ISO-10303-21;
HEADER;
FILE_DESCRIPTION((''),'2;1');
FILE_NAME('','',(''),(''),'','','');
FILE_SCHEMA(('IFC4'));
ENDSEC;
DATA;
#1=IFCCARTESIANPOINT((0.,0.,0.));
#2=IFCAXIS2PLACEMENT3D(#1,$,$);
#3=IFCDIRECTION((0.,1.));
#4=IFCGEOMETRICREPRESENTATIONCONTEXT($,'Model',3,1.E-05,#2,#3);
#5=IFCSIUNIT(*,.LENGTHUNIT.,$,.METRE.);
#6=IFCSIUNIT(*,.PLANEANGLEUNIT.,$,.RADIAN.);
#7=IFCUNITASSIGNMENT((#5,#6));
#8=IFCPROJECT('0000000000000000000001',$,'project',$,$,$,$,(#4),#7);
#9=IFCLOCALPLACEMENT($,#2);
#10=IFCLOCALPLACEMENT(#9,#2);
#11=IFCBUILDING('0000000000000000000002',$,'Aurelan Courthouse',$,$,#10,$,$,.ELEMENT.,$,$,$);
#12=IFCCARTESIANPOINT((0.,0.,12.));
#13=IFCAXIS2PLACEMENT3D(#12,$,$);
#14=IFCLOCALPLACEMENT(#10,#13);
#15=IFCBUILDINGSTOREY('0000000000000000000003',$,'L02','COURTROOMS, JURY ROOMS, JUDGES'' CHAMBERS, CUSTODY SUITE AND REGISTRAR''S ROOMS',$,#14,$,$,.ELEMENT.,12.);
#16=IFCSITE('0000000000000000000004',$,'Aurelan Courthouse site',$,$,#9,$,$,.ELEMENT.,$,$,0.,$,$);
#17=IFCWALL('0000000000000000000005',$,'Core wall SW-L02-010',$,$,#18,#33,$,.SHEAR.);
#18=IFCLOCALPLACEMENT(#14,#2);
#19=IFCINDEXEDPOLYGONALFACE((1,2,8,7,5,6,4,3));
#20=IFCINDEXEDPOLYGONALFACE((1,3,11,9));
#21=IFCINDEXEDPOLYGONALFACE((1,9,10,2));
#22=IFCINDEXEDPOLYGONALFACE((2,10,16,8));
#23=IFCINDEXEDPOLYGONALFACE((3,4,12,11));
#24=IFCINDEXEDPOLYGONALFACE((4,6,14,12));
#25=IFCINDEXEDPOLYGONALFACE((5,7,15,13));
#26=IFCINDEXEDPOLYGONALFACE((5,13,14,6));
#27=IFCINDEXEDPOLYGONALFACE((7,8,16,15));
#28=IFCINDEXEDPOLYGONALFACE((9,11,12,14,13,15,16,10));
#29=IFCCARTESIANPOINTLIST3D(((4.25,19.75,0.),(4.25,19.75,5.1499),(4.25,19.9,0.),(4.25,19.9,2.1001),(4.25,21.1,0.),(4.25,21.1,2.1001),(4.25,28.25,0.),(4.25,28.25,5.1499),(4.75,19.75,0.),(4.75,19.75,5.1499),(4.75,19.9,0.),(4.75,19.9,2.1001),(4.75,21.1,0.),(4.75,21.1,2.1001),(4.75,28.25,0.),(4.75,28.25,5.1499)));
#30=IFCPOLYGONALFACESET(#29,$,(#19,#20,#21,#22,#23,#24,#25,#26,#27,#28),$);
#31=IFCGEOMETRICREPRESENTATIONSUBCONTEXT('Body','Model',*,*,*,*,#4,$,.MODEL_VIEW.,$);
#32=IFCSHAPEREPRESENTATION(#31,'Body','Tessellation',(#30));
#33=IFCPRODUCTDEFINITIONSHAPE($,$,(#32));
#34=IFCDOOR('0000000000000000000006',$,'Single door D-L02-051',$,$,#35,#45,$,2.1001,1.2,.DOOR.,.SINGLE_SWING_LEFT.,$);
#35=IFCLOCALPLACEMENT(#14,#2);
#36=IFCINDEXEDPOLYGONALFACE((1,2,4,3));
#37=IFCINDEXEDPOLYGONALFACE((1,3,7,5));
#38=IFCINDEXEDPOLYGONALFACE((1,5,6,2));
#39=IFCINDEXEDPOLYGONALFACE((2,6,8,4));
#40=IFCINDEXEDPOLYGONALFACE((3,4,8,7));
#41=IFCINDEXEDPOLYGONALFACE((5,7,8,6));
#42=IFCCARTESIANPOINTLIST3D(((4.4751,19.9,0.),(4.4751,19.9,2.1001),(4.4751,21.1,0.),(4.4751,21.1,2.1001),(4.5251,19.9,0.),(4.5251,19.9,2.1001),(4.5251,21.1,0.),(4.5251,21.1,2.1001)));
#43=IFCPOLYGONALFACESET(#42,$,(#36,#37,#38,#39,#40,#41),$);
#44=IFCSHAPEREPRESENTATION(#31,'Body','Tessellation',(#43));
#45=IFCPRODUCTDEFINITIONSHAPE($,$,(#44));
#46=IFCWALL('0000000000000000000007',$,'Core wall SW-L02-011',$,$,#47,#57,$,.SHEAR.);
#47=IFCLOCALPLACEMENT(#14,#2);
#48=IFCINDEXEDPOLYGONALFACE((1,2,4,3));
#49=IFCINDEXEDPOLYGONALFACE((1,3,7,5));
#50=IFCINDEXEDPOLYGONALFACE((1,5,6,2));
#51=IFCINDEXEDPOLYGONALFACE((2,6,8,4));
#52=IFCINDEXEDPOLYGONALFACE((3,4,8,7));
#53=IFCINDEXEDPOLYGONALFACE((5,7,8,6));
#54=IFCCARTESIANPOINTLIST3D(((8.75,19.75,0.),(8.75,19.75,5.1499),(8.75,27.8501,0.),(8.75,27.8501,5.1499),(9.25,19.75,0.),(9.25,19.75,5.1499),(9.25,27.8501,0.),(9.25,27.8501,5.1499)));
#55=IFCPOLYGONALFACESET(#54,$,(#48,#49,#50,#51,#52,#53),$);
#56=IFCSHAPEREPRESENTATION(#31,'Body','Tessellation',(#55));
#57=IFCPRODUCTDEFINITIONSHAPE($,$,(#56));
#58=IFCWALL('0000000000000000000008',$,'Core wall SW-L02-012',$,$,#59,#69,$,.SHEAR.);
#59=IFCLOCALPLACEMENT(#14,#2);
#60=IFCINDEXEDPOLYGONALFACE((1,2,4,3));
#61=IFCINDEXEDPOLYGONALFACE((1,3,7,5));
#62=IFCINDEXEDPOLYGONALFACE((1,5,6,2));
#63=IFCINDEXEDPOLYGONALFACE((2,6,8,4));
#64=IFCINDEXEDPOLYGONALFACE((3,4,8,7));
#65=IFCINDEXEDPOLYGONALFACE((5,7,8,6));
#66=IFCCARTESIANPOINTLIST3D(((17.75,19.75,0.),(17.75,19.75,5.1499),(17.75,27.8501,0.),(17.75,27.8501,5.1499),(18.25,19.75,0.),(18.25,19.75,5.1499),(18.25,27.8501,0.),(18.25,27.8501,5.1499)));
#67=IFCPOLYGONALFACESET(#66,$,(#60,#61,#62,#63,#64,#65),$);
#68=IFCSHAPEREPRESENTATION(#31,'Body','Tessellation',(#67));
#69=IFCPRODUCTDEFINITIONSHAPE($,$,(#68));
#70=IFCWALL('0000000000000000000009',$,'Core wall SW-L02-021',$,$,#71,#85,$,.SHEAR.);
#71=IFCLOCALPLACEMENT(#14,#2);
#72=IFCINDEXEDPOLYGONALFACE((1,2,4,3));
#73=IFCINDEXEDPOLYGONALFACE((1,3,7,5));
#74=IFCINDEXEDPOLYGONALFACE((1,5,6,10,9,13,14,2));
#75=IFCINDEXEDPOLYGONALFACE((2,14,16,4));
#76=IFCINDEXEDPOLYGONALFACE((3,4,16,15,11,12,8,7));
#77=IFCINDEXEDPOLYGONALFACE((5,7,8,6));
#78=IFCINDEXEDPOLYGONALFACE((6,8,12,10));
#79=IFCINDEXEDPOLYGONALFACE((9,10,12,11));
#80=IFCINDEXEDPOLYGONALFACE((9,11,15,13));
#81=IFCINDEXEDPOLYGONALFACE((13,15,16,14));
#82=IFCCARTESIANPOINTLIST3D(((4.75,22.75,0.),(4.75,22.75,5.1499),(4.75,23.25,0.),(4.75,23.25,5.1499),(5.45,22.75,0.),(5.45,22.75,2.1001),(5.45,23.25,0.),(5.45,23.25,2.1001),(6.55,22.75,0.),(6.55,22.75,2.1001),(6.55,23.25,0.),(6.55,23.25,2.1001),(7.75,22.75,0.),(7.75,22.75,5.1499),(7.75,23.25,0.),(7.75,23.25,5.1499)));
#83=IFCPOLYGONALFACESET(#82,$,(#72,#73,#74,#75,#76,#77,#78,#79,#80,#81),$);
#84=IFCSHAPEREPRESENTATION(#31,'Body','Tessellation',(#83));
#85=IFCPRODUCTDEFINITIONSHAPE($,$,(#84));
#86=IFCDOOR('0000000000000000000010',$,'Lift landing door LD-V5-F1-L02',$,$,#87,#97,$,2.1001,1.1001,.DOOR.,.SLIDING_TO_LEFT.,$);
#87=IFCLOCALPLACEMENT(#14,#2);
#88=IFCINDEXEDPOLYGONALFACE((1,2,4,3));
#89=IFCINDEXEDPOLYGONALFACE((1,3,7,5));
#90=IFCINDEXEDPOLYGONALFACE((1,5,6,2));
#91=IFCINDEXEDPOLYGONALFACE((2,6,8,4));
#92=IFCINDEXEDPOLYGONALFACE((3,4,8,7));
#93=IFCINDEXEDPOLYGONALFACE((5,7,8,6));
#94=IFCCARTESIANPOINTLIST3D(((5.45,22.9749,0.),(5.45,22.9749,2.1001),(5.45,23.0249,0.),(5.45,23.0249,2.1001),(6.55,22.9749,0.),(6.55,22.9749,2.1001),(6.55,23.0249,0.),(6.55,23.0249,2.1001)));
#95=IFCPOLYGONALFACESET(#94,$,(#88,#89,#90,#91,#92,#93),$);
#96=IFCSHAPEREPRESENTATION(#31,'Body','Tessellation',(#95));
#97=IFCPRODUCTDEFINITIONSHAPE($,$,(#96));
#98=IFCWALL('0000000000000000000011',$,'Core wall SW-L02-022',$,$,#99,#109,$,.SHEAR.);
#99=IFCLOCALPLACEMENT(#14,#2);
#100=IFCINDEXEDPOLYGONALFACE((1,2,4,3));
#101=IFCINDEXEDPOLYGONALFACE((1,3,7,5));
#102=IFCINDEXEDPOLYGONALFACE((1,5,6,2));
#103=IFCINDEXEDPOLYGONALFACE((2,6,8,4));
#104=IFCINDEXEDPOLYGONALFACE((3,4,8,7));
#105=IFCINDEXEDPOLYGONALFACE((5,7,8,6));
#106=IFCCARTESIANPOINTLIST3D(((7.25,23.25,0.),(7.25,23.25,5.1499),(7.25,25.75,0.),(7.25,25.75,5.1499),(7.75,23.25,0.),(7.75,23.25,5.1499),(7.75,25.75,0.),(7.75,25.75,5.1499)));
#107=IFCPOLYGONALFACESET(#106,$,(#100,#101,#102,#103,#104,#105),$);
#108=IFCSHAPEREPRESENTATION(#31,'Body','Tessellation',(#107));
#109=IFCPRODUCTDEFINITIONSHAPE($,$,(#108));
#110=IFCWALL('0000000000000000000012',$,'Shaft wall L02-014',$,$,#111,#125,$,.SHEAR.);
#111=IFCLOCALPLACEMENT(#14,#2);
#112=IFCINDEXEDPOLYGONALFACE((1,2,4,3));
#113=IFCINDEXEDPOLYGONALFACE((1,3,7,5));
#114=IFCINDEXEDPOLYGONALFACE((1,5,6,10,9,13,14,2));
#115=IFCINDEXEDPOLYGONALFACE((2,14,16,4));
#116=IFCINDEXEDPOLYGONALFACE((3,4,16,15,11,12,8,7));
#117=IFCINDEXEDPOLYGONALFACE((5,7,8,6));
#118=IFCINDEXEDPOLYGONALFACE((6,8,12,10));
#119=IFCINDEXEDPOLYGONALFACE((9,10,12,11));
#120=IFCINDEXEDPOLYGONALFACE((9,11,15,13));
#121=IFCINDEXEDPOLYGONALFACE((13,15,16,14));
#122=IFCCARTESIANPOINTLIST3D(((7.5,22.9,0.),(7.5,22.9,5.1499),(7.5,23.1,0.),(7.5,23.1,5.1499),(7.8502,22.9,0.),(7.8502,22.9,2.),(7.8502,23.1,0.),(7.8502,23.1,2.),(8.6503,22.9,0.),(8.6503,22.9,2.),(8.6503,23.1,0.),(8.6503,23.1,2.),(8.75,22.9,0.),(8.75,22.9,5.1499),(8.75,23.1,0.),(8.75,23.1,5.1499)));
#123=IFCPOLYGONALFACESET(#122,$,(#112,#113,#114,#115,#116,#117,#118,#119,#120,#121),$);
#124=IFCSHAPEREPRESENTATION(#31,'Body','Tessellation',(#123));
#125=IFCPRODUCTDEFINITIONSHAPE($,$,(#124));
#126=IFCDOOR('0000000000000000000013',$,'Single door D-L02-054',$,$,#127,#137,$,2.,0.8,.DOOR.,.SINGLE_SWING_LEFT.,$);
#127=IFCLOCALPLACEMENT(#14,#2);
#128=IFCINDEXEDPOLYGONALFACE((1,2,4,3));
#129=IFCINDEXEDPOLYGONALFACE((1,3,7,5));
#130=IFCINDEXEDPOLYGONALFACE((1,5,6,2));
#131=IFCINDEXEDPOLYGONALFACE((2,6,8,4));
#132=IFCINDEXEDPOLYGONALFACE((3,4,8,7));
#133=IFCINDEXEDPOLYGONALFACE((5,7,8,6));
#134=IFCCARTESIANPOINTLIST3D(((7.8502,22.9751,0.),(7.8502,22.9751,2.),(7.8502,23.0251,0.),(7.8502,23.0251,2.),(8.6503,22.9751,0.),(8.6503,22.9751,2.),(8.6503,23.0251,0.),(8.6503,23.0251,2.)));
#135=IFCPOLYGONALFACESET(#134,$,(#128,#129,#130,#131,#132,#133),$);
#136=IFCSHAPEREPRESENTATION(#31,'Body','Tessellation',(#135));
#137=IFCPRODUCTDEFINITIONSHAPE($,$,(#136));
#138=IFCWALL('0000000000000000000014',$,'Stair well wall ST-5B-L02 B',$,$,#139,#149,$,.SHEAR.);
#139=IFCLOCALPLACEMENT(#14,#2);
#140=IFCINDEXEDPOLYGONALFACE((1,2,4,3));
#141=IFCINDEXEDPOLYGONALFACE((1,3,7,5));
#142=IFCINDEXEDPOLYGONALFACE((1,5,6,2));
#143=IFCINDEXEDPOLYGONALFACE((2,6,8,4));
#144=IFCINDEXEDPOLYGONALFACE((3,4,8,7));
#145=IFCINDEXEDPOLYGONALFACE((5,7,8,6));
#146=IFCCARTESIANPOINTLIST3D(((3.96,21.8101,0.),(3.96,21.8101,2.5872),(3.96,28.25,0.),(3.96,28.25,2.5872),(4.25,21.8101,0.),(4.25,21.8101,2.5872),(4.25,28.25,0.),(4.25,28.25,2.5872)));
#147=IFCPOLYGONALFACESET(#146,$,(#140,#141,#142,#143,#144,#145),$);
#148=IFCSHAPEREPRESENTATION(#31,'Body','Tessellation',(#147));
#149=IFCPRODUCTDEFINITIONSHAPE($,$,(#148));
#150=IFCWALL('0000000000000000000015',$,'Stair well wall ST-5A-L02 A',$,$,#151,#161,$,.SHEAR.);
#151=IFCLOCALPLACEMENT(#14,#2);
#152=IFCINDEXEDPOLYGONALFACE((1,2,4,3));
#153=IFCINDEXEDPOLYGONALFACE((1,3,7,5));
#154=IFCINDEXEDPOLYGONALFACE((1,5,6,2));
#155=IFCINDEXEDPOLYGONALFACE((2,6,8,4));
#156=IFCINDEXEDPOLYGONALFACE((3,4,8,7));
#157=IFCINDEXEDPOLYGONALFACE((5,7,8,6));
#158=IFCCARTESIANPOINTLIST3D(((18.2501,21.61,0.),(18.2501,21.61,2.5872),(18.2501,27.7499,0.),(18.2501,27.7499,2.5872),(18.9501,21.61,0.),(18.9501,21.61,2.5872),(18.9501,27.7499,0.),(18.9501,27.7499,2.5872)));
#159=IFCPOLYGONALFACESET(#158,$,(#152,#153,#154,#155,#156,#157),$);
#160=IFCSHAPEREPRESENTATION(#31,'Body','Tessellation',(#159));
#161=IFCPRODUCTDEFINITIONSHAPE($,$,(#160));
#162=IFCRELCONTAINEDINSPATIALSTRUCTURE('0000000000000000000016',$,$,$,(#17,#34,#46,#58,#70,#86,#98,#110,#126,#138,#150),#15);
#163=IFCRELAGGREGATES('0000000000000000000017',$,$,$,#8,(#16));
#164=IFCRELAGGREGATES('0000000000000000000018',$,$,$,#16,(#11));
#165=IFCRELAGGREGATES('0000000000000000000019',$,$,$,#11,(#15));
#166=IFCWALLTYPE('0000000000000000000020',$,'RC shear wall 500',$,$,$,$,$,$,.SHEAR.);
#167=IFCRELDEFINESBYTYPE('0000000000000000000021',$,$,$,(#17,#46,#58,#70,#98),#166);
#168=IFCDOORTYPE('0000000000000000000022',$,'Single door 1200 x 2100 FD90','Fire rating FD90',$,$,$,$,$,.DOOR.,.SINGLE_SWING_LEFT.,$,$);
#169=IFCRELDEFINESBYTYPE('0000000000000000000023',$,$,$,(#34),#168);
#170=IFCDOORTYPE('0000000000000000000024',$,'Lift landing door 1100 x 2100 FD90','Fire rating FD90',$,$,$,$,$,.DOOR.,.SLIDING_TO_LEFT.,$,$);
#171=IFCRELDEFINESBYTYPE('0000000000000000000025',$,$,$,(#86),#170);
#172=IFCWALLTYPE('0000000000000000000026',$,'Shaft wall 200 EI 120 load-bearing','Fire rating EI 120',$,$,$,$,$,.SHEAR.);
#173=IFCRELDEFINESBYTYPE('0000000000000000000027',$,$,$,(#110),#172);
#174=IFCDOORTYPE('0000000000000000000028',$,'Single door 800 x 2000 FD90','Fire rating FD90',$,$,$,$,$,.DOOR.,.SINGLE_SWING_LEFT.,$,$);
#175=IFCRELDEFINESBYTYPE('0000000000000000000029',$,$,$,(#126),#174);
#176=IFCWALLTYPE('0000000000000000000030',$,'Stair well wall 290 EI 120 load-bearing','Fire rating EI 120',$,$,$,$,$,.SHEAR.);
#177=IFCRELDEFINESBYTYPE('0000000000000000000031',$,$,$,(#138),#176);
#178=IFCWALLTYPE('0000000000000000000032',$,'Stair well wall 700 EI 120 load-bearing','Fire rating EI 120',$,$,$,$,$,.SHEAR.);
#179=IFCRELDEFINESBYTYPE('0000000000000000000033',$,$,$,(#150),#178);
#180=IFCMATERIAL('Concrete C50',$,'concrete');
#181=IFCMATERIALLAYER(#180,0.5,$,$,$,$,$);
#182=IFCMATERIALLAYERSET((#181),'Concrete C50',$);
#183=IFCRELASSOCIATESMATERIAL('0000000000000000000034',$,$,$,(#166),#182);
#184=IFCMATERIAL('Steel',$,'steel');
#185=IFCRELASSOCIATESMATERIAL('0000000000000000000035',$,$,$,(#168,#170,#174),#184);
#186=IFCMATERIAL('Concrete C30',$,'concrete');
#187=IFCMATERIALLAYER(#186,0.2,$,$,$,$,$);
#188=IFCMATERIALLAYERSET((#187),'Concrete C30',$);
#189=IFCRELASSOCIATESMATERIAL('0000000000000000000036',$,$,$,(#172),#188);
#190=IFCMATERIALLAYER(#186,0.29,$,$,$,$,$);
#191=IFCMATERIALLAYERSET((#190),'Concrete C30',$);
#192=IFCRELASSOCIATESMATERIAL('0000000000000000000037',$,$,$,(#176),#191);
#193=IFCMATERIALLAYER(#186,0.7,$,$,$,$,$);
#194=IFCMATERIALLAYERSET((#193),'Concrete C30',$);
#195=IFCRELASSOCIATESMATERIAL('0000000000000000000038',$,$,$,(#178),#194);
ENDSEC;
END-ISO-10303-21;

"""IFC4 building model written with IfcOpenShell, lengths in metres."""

from ifc_helpers import new_model, si_unit, direction, frame, frame_2d, origin, place, context, subcontext, project, spatial, rectangle, extrude, material, layer, layer_set, type_object, element, fill, save


model = new_model("IFC4")

# Units and contexts
model_context = context("Model", 3, precision=1e-05, world=origin(), true_north=direction((0.0, 1.0)))
body_context = subcontext(model_context, "Body", "Model", "MODEL_VIEW")
ifc_project = project(units=[si_unit("LENGTHUNIT", "METRE"), si_unit("PLANEANGLEUNIT", "RADIAN")], contexts=[model_context])

# Site, building, storey
site_placement = place(None, origin())
site = spatial("IfcSite", under=ifc_project, at=site_placement, Name="Aurelan Courthouse site", CompositionType="ELEMENT", RefElevation=0.0)
building_placement = place(site_placement, origin())
building = spatial("IfcBuilding", under=site, at=building_placement, Name="Aurelan Courthouse", CompositionType="ELEMENT")
storey_placement = place(building_placement, frame((0.0, 0.0, 12.0)))
storey = spatial("IfcBuildingStorey", under=building, at=storey_placement, Name="L02", Description="COURTROOMS, JURY ROOMS, JUDGES' CHAMBERS, CUSTODY SUITE AND REGISTRAR'S ROOMS", CompositionType="ELEMENT", Elevation=12.0)

# Shared definitions
ifc_material_1 = material(Name="Concrete C50", Category="concrete")

# Shared definitions
ifc_material_2 = material(Name="Steel", Category="steel")

# Shared definitions
ifc_layer_1 = layer(ifc_material_1, 0.5)
ifc_layer_set_1 = layer_set([ifc_layer_1], Name="Concrete C50")
wall_type_1 = type_object("IfcWallType", Name="RC shear wall 500", PredefinedType="SHEAR", material=ifc_layer_set_1)
door_type_1 = type_object("IfcDoorType", Name="Single door 1200 x 2100 FD90", Description="Fire rating FD90", OperationType="SINGLE_SWING_LEFT", PredefinedType="DOOR", material=ifc_material_2)

# Wall, opening, door
wall_1_placement = place(storey_placement, frame((4.5, 19.75, 0.0), z_axis=(0.0, 0.0, 1.0), x_axis=(0.0, 1.0, 0.0)))
wall_1 = element("IfcWall", 1, at=wall_1_placement, inside=storey, type_object=wall_type_1, Name="Core wall SW-L02-010", PredefinedType="SHEAR", context=body_context, shape_type="SweptSolid", body=[
    extrude(rectangle(XDim=8.5, YDim=0.5, at=frame_2d((4.25, 0.0))), origin(), (0.0, 0.0, 1.0), 5.1499),
])
opening_1_placement = place(wall_1_placement, frame((0.1499, 0.0, 0.0)))
opening_1 = element("IfcOpeningElement", 2, at=opening_1_placement, cuts=wall_1, PredefinedType="OPENING", context=body_context, shape_type="SweptSolid", body=[
    extrude(rectangle(XDim=1.2, YDim=2.1001, at=frame_2d((0.6001, 1.05))), frame((0.0, 0.26, 0.0), z_axis=(0.0, -1.0, 0.0), x_axis=(1.0, 0.0, 0.0)), (0.0, 0.0, 1.0), 0.52),
])
door_1_placement = place(opening_1_placement, origin())
door_1 = element("IfcDoor", 3, at=door_1_placement, inside=storey, type_object=door_type_1, Name="Single door D-L02-051", OperationType="SINGLE_SWING_LEFT", OverallHeight=2.1001, OverallWidth=1.2, PredefinedType="DOOR", context=body_context, shape_type="SweptSolid", body=[
    extrude(rectangle(XDim=1.2, YDim=2.1001, at=frame_2d((0.6001, 1.05))), frame((0.0, 0.0249, 0.0), z_axis=(0.0, -1.0, 0.0), x_axis=(1.0, 0.0, 0.0)), (0.0, 0.0, 1.0), 0.05),
])
fill(opening_1, door_1)

# Walls
for number, where, z_axis, x_axis, name in (
    (4, (9.0, 19.75, 0.0), (0.0, 0.0, 1.0), (0.0, 1.0, 0.0), "Core wall SW-L02-011"),
    (5, (18.0, 19.75, 0.0), (0.0, 0.0, 1.0), (0.0, 1.0, 0.0), "Core wall SW-L02-012"),
):
    element("IfcWall", number, at=place(storey_placement, frame(where, z_axis=z_axis, x_axis=x_axis)), inside=storey, type_object=wall_type_1, Name=name, PredefinedType="SHEAR", context=body_context, shape_type="SweptSolid", body=[
        extrude(rectangle(XDim=8.1001, YDim=0.5, at=frame_2d((4.05, 0.0))), origin(), (0.0, 0.0, 1.0), 5.1499),
    ])

# Wall, opening, door
wall_2_placement = place(storey_placement, frame((4.75, 23.0, 0.0), z_axis=(0.0, 0.0, 1.0), x_axis=(1.0, 0.0, 0.0)))
wall_2 = element("IfcWall", 6, at=wall_2_placement, inside=storey, type_object=wall_type_1, Name="Core wall SW-L02-021", PredefinedType="SHEAR", context=body_context, shape_type="SweptSolid", body=[
    extrude(rectangle(XDim=3.0, YDim=0.5, at=frame_2d((1.5, 0.0))), origin(), (0.0, 0.0, 1.0), 5.1499),
])
opening_2_placement = place(wall_2_placement, frame((0.7, 0.0, 0.0)))
opening_2 = element("IfcOpeningElement", 7, at=opening_2_placement, cuts=wall_2, PredefinedType="OPENING", context=body_context, shape_type="SweptSolid", body=[
    extrude(rectangle(XDim=1.1001, YDim=2.1001, at=frame_2d((0.55, 1.05))), frame((0.0, 0.26, 0.0), z_axis=(0.0, -1.0, 0.0), x_axis=(1.0, 0.0, 0.0)), (0.0, 0.0, 1.0), 0.52),
])
door_type_2 = type_object("IfcDoorType", Name="Lift landing door 1100 x 2100 FD90", Description="Fire rating FD90", OperationType="SLIDING_TO_LEFT", PredefinedType="DOOR", material=ifc_material_2)
door_2_placement = place(opening_2_placement, origin())
door_2 = element("IfcDoor", 8, at=door_2_placement, inside=storey, type_object=door_type_2, Name="Lift landing door LD-V5-F1-L02", OperationType="SLIDING_TO_LEFT", OverallHeight=2.1001, OverallWidth=1.1001, PredefinedType="DOOR", context=body_context, shape_type="SweptSolid", body=[
    extrude(rectangle(XDim=1.1001, YDim=2.1001, at=frame_2d((0.55, 1.05))), frame((0.0, 0.0249, 0.0), z_axis=(0.0, -1.0, 0.0), x_axis=(1.0, 0.0, 0.0)), (0.0, 0.0, 1.0), 0.05),
])
fill(opening_2, door_2)

# Wall
wall_3_placement = place(storey_placement, frame((7.5, 23.25, 0.0), z_axis=(0.0, 0.0, 1.0), x_axis=(0.0, 1.0, 0.0)))
element("IfcWall", 9, at=wall_3_placement, inside=storey, type_object=wall_type_1, Name="Core wall SW-L02-022", PredefinedType="SHEAR", context=body_context, shape_type="SweptSolid", body=[
    extrude(rectangle(XDim=2.5, YDim=0.5, at=frame_2d((1.25, 0.0))), origin(), (0.0, 0.0, 1.0), 5.1499),
])

# Wall, opening, door
ifc_material_3 = material(Name="Concrete C30", Category="concrete")
ifc_layer_2 = layer(ifc_material_3, 0.2)
ifc_layer_set_2 = layer_set([ifc_layer_2], Name="Concrete C30")
wall_type_2 = type_object("IfcWallType", Name="Shaft wall 200 EI 120 load-bearing", Description="Fire rating EI 120", PredefinedType="SHEAR", material=ifc_layer_set_2)
wall_4_placement = place(storey_placement, frame((7.5, 23.0, 0.0), z_axis=(0.0, 0.0, 1.0), x_axis=(1.0, 0.0, 0.0)))
wall_4 = element("IfcWall", 10, at=wall_4_placement, inside=storey, type_object=wall_type_2, Name="Shaft wall L02-014", PredefinedType="SHEAR", context=body_context, shape_type="SweptSolid", body=[
    extrude(rectangle(XDim=1.25, YDim=0.2, at=frame_2d((0.625, 0.0))), origin(), (0.0, 0.0, 1.0), 5.1499),
])
opening_3_placement = place(wall_4_placement, frame((1.1501, 0.0, 0.0), z_axis=(0.0, 0.0, 1.0), x_axis=(-1.0, 0.0, 0.0)))
opening_3 = element("IfcOpeningElement", 11, at=opening_3_placement, cuts=wall_4, PredefinedType="OPENING", context=body_context, shape_type="SweptSolid", body=[
    extrude(rectangle(XDim=0.8, YDim=2.0, at=frame_2d((0.3999, 1.0))), frame((0.0, 0.1099, 0.0), z_axis=(0.0, -1.0, 0.0), x_axis=(1.0, 0.0, 0.0)), (0.0, 0.0, 1.0), 0.22),
])
door_type_3 = type_object("IfcDoorType", Name="Single door 800 x 2000 FD90", Description="Fire rating FD90", OperationType="SINGLE_SWING_LEFT", PredefinedType="DOOR", material=ifc_material_2)
door_3_placement = place(opening_3_placement, origin())
door_3 = element("IfcDoor", 12, at=door_3_placement, inside=storey, type_object=door_type_3, Name="Single door D-L02-054", OperationType="SINGLE_SWING_LEFT", OverallHeight=2.0, OverallWidth=0.8, PredefinedType="DOOR", context=body_context, shape_type="SweptSolid", body=[
    extrude(rectangle(XDim=0.8, YDim=2.0, at=frame_2d((0.3999, 1.0))), frame((0.0, 0.0249, 0.0), z_axis=(0.0, -1.0, 0.0), x_axis=(1.0, 0.0, 0.0)), (0.0, 0.0, 1.0), 0.05),
])
fill(opening_3, door_3)

# Walls
ifc_layer_3 = layer(ifc_material_3, 0.29)
ifc_layer_set_3 = layer_set([ifc_layer_3], Name="Concrete C30")
wall_type_3 = type_object("IfcWallType", Name="Stair well wall 290 EI 120 load-bearing", Description="Fire rating EI 120", PredefinedType="SHEAR", material=ifc_layer_set_3)
wall_5_placement = place(storey_placement, frame((4.105, 21.8101, 0.0), z_axis=(0.0, 0.0, 1.0), x_axis=(0.0, 1.0, 0.0)))
element("IfcWall", 13, at=wall_5_placement, inside=storey, type_object=wall_type_3, Name="Stair well wall ST-5B-L02 B", PredefinedType="SHEAR", context=body_context, shape_type="SweptSolid", body=[
    extrude(rectangle(XDim=6.4399, YDim=0.29, at=frame_2d((3.22, 0.0))), origin(), (0.0, 0.0, 1.0), 2.5872),
])
ifc_layer_4 = layer(ifc_material_3, 0.7)
ifc_layer_set_4 = layer_set([ifc_layer_4], Name="Concrete C30")
wall_type_4 = type_object("IfcWallType", Name="Stair well wall 700 EI 120 load-bearing", Description="Fire rating EI 120", PredefinedType="SHEAR", material=ifc_layer_set_4)
wall_6_placement = place(storey_placement, frame((18.6001, 21.6101, 0.0), z_axis=(0.0, 0.0, 1.0), x_axis=(0.0, 1.0, 0.0)))
element("IfcWall", 14, at=wall_6_placement, inside=storey, type_object=wall_type_4, Name="Stair well wall ST-5A-L02 A", PredefinedType="SHEAR", context=body_context, shape_type="SweptSolid", body=[
    extrude(rectangle(XDim=6.1399, YDim=0.7, at=frame_2d((3.0698, 0.0))), origin(), (0.0, 0.0, 1.0), 2.5872),
])

save(model, "model.ifc")
